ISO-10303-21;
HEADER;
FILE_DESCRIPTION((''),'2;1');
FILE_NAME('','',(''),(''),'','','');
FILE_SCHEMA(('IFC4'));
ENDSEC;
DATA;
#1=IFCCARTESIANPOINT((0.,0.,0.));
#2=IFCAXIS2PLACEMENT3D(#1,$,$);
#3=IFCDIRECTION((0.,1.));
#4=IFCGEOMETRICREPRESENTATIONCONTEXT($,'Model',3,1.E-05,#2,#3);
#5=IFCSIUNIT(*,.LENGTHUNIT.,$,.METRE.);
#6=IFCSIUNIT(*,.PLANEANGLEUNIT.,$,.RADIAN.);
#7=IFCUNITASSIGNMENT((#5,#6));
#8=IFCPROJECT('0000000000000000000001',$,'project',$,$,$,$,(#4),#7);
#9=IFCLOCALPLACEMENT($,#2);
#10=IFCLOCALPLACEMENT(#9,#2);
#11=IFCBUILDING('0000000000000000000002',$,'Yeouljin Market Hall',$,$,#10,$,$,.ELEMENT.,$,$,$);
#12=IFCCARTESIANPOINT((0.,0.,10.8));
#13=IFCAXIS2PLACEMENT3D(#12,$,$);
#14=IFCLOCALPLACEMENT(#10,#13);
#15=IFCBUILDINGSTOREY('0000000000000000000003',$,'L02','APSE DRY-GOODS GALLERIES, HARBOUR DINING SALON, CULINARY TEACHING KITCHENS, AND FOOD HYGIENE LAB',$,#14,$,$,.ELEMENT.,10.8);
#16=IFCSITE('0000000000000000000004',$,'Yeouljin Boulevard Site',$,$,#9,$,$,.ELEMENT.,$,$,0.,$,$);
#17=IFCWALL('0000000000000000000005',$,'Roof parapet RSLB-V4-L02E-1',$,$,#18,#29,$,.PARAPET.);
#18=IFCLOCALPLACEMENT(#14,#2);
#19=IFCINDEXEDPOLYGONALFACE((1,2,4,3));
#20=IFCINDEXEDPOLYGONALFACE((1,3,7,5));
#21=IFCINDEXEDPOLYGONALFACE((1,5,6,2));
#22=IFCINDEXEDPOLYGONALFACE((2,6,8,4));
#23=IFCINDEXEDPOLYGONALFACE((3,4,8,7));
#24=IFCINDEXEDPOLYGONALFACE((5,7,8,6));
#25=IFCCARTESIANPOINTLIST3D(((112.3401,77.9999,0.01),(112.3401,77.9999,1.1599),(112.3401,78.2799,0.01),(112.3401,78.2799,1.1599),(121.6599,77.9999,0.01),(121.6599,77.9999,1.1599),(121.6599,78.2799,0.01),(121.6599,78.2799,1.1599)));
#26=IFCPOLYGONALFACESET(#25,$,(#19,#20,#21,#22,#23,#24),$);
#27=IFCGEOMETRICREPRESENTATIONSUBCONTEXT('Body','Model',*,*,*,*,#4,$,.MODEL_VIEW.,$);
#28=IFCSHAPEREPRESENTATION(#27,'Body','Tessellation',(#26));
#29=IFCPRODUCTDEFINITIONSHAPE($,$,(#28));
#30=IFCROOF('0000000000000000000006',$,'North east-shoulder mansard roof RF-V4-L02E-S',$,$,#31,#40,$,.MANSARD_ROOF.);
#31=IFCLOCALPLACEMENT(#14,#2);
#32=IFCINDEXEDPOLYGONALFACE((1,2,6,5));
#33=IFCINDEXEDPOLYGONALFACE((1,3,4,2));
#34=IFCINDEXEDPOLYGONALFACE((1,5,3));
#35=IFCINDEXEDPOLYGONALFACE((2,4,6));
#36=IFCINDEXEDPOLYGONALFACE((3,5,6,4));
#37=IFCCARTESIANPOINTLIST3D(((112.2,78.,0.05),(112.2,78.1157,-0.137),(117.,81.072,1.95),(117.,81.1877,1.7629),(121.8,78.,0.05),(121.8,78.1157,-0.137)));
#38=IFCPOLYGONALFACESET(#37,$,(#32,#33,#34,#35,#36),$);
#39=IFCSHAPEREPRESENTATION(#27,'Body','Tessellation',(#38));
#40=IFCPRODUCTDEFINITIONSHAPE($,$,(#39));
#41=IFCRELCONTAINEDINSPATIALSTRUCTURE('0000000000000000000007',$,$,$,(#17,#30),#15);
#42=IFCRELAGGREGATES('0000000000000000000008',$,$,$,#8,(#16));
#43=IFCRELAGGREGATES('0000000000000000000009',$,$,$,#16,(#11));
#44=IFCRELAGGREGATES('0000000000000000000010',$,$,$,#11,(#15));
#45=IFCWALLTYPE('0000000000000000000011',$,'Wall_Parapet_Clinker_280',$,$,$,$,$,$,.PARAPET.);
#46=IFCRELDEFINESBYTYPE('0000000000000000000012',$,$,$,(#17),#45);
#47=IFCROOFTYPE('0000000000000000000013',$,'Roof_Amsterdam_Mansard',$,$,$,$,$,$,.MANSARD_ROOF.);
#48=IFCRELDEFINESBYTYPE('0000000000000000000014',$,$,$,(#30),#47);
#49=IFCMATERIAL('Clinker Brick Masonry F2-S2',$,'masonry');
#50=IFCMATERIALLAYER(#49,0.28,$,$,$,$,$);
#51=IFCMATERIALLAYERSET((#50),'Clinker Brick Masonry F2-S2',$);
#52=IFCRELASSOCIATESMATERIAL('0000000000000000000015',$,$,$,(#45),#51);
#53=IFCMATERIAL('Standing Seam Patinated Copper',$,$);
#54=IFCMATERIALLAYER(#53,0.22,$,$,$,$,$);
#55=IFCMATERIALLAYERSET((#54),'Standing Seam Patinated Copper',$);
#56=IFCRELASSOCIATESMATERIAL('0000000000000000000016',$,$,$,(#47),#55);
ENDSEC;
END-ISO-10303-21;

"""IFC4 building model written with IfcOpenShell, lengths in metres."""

from ifc_helpers import new_model, si_unit, direction, frame, frame_2d, origin, place, context, subcontext, project, spatial, polyline, rectangle, outline, extrude, material, layer, layer_set, type_object, element, save


model = new_model("IFC4")

# Units and contexts
model_context = context("Model", 3, precision=1e-05, world=origin(), true_north=direction((0.0, 1.0)))
body_context = subcontext(model_context, "Body", "Model", "MODEL_VIEW")
ifc_project = project(units=[si_unit("LENGTHUNIT", "METRE"), si_unit("PLANEANGLEUNIT", "RADIAN")], contexts=[model_context])

# Site, building, storey
site_placement = place(None, origin())
site = spatial("IfcSite", under=ifc_project, at=site_placement, Name="Yeouljin Boulevard Site", CompositionType="ELEMENT", RefElevation=0.0)
building_placement = place(site_placement, origin())
building = spatial("IfcBuilding", under=site, at=building_placement, Name="Yeouljin Market Hall", CompositionType="ELEMENT")
storey_placement = place(building_placement, frame((0.0, 0.0, 10.8)))
storey = spatial("IfcBuildingStorey", under=building, at=storey_placement, Name="L02", Description="APSE DRY-GOODS GALLERIES, HARBOUR DINING SALON, CULINARY TEACHING KITCHENS, AND FOOD HYGIENE LAB", CompositionType="ELEMENT", Elevation=10.8)

# Wall
ifc_material_1 = material(Name="Clinker Brick Masonry F2-S2", Category="masonry")
ifc_layer_1 = layer(ifc_material_1, 0.28)
ifc_layer_set_1 = layer_set([ifc_layer_1], Name="Clinker Brick Masonry F2-S2")
wall_type_1 = type_object("IfcWallType", Name="Wall_Parapet_Clinker_280", PredefinedType="PARAPET", material=ifc_layer_set_1)
wall_1_placement = place(storey_placement, frame((112.3401, 78.1399, 0.01), z_axis=(0.0, 0.0, 1.0), x_axis=(1.0, 0.0, 0.0)))
element("IfcWall", 1, at=wall_1_placement, inside=storey, type_object=wall_type_1, Name="Roof parapet RSLB-V4-L02E-1", PredefinedType="PARAPET", context=body_context, shape_type="SweptSolid", body=[
    extrude(rectangle(XDim=9.3198, YDim=0.28, at=frame_2d((4.6599, 0.0))), origin(), (0.0, 0.0, 1.0), 1.1499),
])

# Roof
ifc_material_2 = material(Name="Standing Seam Patinated Copper")
ifc_layer_2 = layer(ifc_material_2, 0.22)
ifc_layer_set_2 = layer_set([ifc_layer_2], Name="Standing Seam Patinated Copper")
roof_type = type_object("IfcRoofType", Name="Roof_Amsterdam_Mansard", PredefinedType="MANSARD_ROOF", material=ifc_layer_set_2)
roof_placement = place(storey_placement, frame((112.2, 78.0, 0.05), z_axis=(0.0, -0.525989, 0.850491), x_axis=(1.0, 0.0, 0.0)))
element("IfcRoof", 2, at=roof_placement, inside=storey, type_object=roof_type, Name="North east-shoulder mansard roof RF-V4-L02E-S", PredefinedType="MANSARD_ROOF", context=body_context, shape_type="SweptSolid", body=[
    extrude(outline(polyline([(0.0, 0.0), (9.6001, 0.0), (4.8, 3.6121), (0.0, 0.0)])), origin(), (0.0, 0.0, -1.0), 0.22),
])

save(model, "model.ifc")
